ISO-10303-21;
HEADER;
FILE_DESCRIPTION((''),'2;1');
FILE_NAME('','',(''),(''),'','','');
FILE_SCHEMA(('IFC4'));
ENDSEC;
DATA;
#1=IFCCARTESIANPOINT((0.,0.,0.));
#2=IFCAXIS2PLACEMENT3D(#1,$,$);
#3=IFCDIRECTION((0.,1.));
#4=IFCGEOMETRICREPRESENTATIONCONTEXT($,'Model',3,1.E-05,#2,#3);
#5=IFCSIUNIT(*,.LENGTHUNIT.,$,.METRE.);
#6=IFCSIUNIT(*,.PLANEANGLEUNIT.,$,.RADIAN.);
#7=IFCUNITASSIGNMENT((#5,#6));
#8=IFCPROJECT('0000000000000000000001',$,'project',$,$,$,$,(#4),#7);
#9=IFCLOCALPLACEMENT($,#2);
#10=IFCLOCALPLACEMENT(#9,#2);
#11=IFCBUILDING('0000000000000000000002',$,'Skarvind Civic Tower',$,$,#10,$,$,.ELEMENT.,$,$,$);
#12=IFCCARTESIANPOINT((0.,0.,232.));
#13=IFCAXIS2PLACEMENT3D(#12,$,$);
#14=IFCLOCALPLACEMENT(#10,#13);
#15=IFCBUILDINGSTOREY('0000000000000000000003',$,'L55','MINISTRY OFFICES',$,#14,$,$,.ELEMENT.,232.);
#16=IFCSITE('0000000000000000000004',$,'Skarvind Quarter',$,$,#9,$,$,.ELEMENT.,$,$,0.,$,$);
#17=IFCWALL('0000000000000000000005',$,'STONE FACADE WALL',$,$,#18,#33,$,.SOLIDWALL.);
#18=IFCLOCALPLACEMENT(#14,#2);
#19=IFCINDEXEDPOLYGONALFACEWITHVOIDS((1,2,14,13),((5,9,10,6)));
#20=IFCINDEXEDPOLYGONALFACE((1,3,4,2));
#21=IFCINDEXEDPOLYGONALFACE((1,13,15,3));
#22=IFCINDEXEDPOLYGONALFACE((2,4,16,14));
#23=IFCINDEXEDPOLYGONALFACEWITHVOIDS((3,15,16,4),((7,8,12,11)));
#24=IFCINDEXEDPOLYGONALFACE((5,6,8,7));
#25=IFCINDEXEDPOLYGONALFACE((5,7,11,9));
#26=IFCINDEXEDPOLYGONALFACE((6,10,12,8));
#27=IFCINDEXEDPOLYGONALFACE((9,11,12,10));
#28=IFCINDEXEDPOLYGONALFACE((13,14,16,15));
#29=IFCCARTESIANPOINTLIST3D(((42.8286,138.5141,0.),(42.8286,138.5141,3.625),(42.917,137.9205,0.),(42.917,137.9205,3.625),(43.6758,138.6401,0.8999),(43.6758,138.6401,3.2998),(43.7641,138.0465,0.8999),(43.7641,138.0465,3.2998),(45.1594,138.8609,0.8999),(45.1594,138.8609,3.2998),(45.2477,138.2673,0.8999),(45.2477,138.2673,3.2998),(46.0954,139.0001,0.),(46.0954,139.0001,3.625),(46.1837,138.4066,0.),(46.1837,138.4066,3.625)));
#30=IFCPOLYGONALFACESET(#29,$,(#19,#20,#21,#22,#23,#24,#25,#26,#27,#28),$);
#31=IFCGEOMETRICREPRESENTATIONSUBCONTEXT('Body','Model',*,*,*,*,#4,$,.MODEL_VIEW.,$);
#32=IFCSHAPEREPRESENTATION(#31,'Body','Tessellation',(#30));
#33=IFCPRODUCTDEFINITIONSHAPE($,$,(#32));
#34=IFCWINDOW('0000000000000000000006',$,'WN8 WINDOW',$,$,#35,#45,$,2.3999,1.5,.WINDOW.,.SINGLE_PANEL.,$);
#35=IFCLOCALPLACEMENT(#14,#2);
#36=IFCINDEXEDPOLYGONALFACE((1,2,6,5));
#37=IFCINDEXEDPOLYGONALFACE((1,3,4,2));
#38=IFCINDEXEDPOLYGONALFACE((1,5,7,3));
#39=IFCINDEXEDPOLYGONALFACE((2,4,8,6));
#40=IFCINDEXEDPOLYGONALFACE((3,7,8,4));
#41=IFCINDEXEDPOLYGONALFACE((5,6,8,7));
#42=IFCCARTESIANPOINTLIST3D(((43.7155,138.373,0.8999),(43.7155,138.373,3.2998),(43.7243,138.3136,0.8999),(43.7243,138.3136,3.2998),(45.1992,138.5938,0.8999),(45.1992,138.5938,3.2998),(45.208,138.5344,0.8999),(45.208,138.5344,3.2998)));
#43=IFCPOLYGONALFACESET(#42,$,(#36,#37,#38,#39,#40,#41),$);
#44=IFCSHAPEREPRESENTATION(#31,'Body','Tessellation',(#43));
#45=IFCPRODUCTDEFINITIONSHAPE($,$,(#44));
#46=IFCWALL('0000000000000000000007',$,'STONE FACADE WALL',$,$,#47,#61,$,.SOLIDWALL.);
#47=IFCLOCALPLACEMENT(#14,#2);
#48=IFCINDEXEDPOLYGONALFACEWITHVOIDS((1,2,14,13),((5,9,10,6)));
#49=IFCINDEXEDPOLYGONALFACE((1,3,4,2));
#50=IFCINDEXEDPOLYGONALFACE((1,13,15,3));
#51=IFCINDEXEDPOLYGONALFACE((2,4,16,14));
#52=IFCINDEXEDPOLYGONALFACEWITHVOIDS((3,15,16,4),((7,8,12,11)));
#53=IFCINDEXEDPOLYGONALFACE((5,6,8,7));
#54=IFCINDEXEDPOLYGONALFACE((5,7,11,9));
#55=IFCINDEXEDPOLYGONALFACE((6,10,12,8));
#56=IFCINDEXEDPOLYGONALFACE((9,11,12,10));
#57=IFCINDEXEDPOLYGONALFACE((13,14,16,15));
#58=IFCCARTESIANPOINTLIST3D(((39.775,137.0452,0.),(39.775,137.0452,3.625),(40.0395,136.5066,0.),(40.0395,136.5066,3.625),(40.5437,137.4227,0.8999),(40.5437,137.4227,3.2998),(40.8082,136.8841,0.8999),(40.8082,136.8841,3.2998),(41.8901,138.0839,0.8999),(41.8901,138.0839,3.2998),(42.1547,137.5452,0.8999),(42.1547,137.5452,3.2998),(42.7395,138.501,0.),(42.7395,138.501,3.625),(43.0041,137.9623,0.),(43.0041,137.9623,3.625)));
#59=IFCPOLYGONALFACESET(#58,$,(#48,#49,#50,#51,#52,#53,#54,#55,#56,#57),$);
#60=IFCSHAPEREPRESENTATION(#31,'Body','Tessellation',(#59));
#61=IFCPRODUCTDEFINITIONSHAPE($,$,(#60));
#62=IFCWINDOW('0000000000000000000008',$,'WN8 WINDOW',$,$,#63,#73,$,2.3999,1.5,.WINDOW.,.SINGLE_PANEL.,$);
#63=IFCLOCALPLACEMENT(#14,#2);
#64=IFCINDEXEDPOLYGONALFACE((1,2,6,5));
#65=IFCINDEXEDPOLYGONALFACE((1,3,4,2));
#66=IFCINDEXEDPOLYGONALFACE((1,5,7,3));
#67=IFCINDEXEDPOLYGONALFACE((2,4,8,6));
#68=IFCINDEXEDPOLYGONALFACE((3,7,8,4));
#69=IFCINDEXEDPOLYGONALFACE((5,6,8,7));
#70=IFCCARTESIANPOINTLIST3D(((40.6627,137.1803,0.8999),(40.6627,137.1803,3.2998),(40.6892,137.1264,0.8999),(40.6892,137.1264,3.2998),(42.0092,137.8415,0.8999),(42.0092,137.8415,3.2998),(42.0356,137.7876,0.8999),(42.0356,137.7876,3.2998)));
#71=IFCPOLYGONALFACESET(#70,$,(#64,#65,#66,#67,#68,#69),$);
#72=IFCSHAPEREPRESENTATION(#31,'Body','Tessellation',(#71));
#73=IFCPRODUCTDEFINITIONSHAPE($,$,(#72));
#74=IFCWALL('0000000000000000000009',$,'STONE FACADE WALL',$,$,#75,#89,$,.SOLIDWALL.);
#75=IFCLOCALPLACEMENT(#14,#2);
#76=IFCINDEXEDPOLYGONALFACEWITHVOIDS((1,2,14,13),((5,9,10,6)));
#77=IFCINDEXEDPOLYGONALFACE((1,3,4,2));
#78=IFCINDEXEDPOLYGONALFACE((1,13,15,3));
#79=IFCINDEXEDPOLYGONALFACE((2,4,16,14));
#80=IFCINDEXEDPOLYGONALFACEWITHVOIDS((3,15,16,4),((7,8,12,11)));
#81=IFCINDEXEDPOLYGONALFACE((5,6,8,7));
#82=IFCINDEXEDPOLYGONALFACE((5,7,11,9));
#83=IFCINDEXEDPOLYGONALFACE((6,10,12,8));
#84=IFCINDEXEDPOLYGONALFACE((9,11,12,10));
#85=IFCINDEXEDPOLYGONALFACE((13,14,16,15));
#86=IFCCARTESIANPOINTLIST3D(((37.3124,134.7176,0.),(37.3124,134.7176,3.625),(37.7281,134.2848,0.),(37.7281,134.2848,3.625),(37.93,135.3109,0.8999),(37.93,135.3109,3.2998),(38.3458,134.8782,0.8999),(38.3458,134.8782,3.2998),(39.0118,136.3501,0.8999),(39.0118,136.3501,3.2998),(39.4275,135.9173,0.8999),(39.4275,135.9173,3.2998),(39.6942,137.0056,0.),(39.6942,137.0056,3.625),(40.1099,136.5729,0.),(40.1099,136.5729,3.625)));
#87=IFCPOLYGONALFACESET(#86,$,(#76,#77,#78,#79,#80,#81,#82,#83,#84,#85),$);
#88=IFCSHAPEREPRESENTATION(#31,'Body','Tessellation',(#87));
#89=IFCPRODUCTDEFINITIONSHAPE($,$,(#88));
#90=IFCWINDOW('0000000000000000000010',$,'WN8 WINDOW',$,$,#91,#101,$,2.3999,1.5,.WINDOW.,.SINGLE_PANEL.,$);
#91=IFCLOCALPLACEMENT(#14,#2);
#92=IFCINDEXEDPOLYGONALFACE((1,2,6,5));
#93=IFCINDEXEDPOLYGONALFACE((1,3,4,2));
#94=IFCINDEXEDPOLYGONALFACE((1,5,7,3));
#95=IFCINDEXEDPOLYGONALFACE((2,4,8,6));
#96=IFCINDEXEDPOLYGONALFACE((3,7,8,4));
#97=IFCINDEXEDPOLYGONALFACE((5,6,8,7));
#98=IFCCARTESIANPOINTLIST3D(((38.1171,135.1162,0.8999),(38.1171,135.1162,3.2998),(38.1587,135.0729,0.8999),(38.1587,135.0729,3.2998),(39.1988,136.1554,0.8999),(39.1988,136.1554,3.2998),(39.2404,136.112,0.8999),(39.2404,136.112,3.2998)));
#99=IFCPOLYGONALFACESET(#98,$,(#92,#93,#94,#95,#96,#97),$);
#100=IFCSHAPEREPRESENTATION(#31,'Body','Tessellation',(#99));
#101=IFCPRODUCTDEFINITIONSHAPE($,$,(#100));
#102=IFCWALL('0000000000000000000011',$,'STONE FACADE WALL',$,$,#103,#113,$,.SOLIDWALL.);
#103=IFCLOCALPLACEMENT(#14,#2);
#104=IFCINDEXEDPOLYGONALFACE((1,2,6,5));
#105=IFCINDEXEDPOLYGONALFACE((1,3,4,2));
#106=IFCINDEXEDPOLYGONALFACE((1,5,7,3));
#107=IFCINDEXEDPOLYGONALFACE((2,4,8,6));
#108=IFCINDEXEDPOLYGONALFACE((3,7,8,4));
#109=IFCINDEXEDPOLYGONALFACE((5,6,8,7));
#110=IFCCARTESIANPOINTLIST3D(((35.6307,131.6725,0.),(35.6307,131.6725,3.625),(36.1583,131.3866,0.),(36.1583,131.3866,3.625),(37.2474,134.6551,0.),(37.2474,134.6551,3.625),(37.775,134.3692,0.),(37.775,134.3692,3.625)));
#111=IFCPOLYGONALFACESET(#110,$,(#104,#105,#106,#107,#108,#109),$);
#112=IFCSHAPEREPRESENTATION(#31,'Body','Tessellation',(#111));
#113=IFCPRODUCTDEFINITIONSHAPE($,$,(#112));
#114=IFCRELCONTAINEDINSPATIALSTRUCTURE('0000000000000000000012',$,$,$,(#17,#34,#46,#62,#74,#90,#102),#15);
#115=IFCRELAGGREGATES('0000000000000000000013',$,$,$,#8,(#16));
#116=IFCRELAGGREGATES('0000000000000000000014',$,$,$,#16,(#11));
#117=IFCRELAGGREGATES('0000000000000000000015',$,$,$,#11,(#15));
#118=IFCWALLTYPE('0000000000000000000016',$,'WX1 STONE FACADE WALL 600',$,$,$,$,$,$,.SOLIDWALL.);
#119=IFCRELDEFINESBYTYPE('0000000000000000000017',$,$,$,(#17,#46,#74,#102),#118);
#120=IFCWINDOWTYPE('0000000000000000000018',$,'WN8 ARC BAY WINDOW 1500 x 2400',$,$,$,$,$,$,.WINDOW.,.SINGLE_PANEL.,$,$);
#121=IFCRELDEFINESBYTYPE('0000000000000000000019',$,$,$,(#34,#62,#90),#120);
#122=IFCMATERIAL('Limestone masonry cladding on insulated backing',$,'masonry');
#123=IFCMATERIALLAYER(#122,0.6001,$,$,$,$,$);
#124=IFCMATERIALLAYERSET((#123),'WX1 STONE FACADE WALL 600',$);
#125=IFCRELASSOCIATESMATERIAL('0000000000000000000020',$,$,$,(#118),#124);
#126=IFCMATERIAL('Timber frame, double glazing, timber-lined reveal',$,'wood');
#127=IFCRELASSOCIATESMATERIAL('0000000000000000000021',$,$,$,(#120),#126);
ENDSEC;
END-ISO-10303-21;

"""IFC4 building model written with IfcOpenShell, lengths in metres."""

from ifc_helpers import new_model, si_unit, direction, frame, frame_2d, origin, place, context, subcontext, project, spatial, rectangle, extrude, material, layer, layer_set, type_object, element, fill, save


model = new_model("IFC4")

# Units and contexts
model_context = context("Model", 3, precision=1e-05, world=origin(), true_north=direction((0.0, 1.0)))
body_context = subcontext(model_context, "Body", "Model", "MODEL_VIEW")
ifc_project = project(units=[si_unit("LENGTHUNIT", "METRE"), si_unit("PLANEANGLEUNIT", "RADIAN")], contexts=[model_context])

# Site, building, storey
site_placement = place(None, origin())
site = spatial("IfcSite", under=ifc_project, at=site_placement, Name="Skarvind Quarter", CompositionType="ELEMENT", RefElevation=0.0)
building_placement = place(site_placement, origin())
building = spatial("IfcBuilding", under=site, at=building_placement, Name="Skarvind Civic Tower", CompositionType="ELEMENT")
storey_placement = place(building_placement, frame((0.0, 0.0, 232.0)))
storey = spatial("IfcBuildingStorey", under=building, at=storey_placement, Name="L55", Description="MINISTRY OFFICES", CompositionType="ELEMENT", Elevation=232.0)

# Walls, openings, windows
ifc_material_1 = material(Name="Limestone masonry cladding on insulated backing", Category="masonry")
ifc_layer_1 = layer(ifc_material_1, 0.6001)
ifc_layer_set_1 = layer_set([ifc_layer_1], Name="WX1 STONE FACADE WALL 600")
wall_type_1 = type_object("IfcWallType", Name="WX1 STONE FACADE WALL 600", PredefinedType="SOLIDWALL", material=ifc_layer_set_1)
wall_1_placement = place(storey_placement, frame((42.8728, 138.2173, 0.0), z_axis=(0.0, 0.0, 1.0), x_axis=(0.989111, 0.147173, 0.0)))
wall_1 = element("IfcWall", 1, at=wall_1_placement, inside=storey, type_object=wall_type_1, Name="STONE FACADE WALL", PredefinedType="SOLIDWALL", context=body_context, shape_type="SweptSolid", body=[
    extrude(rectangle(XDim=3.3027, YDim=0.6001, at=frame_2d((1.6514, 0.0))), origin(), (0.0, 0.0, 1.0), 3.625),
])
opening_1_placement = place(wall_1_placement, frame((0.8564, 0.0, 0.8999)))
opening_1 = element("IfcOpeningElement", 2, at=opening_1_placement, cuts=wall_1, PredefinedType="OPENING", context=body_context, shape_type="SweptSolid", body=[
    extrude(rectangle(XDim=1.5, YDim=2.3999, at=frame_2d((0.75, 1.2))), frame((0.0, 0.3101, 0.0), z_axis=(0.0, -1.0, 0.0), x_axis=(1.0, 0.0, 0.0)), (0.0, 0.0, 1.0), 0.6201),
])
ifc_material_2 = material(Name="Timber frame, double glazing, timber-lined reveal", Category="wood")
window_type = type_object("IfcWindowType", Name="WN8 ARC BAY WINDOW 1500 x 2400", PartitioningType="SINGLE_PANEL", PredefinedType="WINDOW", material=ifc_material_2)
window_1_placement = place(opening_1_placement, origin())
window_1 = element("IfcWindow", 3, at=window_1_placement, inside=storey, type_object=window_type, Name="WN8 WINDOW", OverallHeight=2.3999, OverallWidth=1.5, PartitioningType="SINGLE_PANEL", PredefinedType="WINDOW", context=body_context, shape_type="SweptSolid", body=[
    extrude(rectangle(XDim=1.5, YDim=2.3999, at=frame_2d((0.75, 1.2))), frame((0.0, 0.03, 0.0), z_axis=(0.0, -1.0, 0.0), x_axis=(1.0, 0.0, 0.0)), (0.0, 0.0, 1.0), 0.0601),
])
fill(opening_1, window_1)
wall_2_placement = place(storey_placement, frame((39.9072, 136.7759, 0.0), z_axis=(0.0, 0.0, 1.0), x_axis=(0.897612, 0.440786, 0.0)))
wall_2 = element("IfcWall", 4, at=wall_2_placement, inside=storey, type_object=wall_type_1, Name="STONE FACADE WALL", PredefinedType="SOLIDWALL", context=body_context, shape_type="SweptSolid", body=[
    extrude(rectangle(XDim=3.3027, YDim=0.6001, at=frame_2d((1.6514, 0.0))), origin(), (0.0, 0.0, 1.0), 3.625),
])
opening_2_placement = place(wall_2_placement, frame((0.8564, 0.0, 0.8999)))
opening_2 = element("IfcOpeningElement", 5, at=opening_2_placement, cuts=wall_2, PredefinedType="OPENING", context=body_context, shape_type="SweptSolid", body=[
    extrude(rectangle(XDim=1.5, YDim=2.3999, at=frame_2d((0.75, 1.2))), frame((0.0, 0.3101, 0.0), z_axis=(0.0, -1.0, 0.0), x_axis=(1.0, 0.0, 0.0)), (0.0, 0.0, 1.0), 0.6201),
])
window_2_placement = place(opening_2_placement, origin())
window_2 = element("IfcWindow", 6, at=window_2_placement, inside=storey, type_object=window_type, Name="WN8 WINDOW", OverallHeight=2.3999, OverallWidth=1.5, PartitioningType="SINGLE_PANEL", PredefinedType="WINDOW", context=body_context, shape_type="SweptSolid", body=[
    extrude(rectangle(XDim=1.5, YDim=2.3999, at=frame_2d((0.75, 1.2))), frame((0.0, 0.03, 0.0), z_axis=(0.0, -1.0, 0.0), x_axis=(1.0, 0.0, 0.0)), (0.0, 0.0, 1.0), 0.0601),
])
fill(opening_2, window_2)
wall_3_placement = place(storey_placement, frame((37.5203, 134.5012, 0.0), z_axis=(0.0, 0.0, 1.0), x_axis=(0.721157, 0.692772, 0.0)))
wall_3 = element("IfcWall", 7, at=wall_3_placement, inside=storey, type_object=wall_type_1, Name="STONE FACADE WALL", PredefinedType="SOLIDWALL", context=body_context, shape_type="SweptSolid", body=[
    extrude(rectangle(XDim=3.3027, YDim=0.6001, at=frame_2d((1.6514, 0.0))), origin(), (0.0, 0.0, 1.0), 3.625),
])
opening_3_placement = place(wall_3_placement, frame((0.8564, 0.0, 0.8999)))
opening_3 = element("IfcOpeningElement", 8, at=opening_3_placement, cuts=wall_3, PredefinedType="OPENING", context=body_context, shape_type="SweptSolid", body=[
    extrude(rectangle(XDim=1.5, YDim=2.3999, at=frame_2d((0.75, 1.2))), frame((0.0, 0.3101, 0.0), z_axis=(0.0, -1.0, 0.0), x_axis=(1.0, 0.0, 0.0)), (0.0, 0.0, 1.0), 0.6201),
])
window_3_placement = place(opening_3_placement, origin())
window_3 = element("IfcWindow", 9, at=window_3_placement, inside=storey, type_object=window_type, Name="WN8 WINDOW", OverallHeight=2.3999, OverallWidth=1.5, PartitioningType="SINGLE_PANEL", PredefinedType="WINDOW", context=body_context, shape_type="SweptSolid", body=[
    extrude(rectangle(XDim=1.5, YDim=2.3999, at=frame_2d((0.75, 1.2))), frame((0.0, 0.03, 0.0), z_axis=(0.0, -1.0, 0.0), x_axis=(1.0, 0.0, 0.0)), (0.0, 0.0, 1.0), 0.0601),
])
fill(opening_3, window_3)

# Wall
wall_4_placement = place(storey_placement, frame((35.8945, 131.5295, 0.0), z_axis=(0.0, 0.0, 1.0), x_axis=(0.476531, 0.879158, 0.0)))
element("IfcWall", 10, at=wall_4_placement, inside=storey, type_object=wall_type_1, Name="STONE FACADE WALL", PredefinedType="SOLIDWALL", context=body_context, shape_type="SweptSolid", body=[
    extrude(rectangle(XDim=3.3926, YDim=0.6001, at=frame_2d((1.6963, 0.0))), origin(), (0.0, 0.0, 1.0), 3.625),
])

save(model, "model.ifc")
